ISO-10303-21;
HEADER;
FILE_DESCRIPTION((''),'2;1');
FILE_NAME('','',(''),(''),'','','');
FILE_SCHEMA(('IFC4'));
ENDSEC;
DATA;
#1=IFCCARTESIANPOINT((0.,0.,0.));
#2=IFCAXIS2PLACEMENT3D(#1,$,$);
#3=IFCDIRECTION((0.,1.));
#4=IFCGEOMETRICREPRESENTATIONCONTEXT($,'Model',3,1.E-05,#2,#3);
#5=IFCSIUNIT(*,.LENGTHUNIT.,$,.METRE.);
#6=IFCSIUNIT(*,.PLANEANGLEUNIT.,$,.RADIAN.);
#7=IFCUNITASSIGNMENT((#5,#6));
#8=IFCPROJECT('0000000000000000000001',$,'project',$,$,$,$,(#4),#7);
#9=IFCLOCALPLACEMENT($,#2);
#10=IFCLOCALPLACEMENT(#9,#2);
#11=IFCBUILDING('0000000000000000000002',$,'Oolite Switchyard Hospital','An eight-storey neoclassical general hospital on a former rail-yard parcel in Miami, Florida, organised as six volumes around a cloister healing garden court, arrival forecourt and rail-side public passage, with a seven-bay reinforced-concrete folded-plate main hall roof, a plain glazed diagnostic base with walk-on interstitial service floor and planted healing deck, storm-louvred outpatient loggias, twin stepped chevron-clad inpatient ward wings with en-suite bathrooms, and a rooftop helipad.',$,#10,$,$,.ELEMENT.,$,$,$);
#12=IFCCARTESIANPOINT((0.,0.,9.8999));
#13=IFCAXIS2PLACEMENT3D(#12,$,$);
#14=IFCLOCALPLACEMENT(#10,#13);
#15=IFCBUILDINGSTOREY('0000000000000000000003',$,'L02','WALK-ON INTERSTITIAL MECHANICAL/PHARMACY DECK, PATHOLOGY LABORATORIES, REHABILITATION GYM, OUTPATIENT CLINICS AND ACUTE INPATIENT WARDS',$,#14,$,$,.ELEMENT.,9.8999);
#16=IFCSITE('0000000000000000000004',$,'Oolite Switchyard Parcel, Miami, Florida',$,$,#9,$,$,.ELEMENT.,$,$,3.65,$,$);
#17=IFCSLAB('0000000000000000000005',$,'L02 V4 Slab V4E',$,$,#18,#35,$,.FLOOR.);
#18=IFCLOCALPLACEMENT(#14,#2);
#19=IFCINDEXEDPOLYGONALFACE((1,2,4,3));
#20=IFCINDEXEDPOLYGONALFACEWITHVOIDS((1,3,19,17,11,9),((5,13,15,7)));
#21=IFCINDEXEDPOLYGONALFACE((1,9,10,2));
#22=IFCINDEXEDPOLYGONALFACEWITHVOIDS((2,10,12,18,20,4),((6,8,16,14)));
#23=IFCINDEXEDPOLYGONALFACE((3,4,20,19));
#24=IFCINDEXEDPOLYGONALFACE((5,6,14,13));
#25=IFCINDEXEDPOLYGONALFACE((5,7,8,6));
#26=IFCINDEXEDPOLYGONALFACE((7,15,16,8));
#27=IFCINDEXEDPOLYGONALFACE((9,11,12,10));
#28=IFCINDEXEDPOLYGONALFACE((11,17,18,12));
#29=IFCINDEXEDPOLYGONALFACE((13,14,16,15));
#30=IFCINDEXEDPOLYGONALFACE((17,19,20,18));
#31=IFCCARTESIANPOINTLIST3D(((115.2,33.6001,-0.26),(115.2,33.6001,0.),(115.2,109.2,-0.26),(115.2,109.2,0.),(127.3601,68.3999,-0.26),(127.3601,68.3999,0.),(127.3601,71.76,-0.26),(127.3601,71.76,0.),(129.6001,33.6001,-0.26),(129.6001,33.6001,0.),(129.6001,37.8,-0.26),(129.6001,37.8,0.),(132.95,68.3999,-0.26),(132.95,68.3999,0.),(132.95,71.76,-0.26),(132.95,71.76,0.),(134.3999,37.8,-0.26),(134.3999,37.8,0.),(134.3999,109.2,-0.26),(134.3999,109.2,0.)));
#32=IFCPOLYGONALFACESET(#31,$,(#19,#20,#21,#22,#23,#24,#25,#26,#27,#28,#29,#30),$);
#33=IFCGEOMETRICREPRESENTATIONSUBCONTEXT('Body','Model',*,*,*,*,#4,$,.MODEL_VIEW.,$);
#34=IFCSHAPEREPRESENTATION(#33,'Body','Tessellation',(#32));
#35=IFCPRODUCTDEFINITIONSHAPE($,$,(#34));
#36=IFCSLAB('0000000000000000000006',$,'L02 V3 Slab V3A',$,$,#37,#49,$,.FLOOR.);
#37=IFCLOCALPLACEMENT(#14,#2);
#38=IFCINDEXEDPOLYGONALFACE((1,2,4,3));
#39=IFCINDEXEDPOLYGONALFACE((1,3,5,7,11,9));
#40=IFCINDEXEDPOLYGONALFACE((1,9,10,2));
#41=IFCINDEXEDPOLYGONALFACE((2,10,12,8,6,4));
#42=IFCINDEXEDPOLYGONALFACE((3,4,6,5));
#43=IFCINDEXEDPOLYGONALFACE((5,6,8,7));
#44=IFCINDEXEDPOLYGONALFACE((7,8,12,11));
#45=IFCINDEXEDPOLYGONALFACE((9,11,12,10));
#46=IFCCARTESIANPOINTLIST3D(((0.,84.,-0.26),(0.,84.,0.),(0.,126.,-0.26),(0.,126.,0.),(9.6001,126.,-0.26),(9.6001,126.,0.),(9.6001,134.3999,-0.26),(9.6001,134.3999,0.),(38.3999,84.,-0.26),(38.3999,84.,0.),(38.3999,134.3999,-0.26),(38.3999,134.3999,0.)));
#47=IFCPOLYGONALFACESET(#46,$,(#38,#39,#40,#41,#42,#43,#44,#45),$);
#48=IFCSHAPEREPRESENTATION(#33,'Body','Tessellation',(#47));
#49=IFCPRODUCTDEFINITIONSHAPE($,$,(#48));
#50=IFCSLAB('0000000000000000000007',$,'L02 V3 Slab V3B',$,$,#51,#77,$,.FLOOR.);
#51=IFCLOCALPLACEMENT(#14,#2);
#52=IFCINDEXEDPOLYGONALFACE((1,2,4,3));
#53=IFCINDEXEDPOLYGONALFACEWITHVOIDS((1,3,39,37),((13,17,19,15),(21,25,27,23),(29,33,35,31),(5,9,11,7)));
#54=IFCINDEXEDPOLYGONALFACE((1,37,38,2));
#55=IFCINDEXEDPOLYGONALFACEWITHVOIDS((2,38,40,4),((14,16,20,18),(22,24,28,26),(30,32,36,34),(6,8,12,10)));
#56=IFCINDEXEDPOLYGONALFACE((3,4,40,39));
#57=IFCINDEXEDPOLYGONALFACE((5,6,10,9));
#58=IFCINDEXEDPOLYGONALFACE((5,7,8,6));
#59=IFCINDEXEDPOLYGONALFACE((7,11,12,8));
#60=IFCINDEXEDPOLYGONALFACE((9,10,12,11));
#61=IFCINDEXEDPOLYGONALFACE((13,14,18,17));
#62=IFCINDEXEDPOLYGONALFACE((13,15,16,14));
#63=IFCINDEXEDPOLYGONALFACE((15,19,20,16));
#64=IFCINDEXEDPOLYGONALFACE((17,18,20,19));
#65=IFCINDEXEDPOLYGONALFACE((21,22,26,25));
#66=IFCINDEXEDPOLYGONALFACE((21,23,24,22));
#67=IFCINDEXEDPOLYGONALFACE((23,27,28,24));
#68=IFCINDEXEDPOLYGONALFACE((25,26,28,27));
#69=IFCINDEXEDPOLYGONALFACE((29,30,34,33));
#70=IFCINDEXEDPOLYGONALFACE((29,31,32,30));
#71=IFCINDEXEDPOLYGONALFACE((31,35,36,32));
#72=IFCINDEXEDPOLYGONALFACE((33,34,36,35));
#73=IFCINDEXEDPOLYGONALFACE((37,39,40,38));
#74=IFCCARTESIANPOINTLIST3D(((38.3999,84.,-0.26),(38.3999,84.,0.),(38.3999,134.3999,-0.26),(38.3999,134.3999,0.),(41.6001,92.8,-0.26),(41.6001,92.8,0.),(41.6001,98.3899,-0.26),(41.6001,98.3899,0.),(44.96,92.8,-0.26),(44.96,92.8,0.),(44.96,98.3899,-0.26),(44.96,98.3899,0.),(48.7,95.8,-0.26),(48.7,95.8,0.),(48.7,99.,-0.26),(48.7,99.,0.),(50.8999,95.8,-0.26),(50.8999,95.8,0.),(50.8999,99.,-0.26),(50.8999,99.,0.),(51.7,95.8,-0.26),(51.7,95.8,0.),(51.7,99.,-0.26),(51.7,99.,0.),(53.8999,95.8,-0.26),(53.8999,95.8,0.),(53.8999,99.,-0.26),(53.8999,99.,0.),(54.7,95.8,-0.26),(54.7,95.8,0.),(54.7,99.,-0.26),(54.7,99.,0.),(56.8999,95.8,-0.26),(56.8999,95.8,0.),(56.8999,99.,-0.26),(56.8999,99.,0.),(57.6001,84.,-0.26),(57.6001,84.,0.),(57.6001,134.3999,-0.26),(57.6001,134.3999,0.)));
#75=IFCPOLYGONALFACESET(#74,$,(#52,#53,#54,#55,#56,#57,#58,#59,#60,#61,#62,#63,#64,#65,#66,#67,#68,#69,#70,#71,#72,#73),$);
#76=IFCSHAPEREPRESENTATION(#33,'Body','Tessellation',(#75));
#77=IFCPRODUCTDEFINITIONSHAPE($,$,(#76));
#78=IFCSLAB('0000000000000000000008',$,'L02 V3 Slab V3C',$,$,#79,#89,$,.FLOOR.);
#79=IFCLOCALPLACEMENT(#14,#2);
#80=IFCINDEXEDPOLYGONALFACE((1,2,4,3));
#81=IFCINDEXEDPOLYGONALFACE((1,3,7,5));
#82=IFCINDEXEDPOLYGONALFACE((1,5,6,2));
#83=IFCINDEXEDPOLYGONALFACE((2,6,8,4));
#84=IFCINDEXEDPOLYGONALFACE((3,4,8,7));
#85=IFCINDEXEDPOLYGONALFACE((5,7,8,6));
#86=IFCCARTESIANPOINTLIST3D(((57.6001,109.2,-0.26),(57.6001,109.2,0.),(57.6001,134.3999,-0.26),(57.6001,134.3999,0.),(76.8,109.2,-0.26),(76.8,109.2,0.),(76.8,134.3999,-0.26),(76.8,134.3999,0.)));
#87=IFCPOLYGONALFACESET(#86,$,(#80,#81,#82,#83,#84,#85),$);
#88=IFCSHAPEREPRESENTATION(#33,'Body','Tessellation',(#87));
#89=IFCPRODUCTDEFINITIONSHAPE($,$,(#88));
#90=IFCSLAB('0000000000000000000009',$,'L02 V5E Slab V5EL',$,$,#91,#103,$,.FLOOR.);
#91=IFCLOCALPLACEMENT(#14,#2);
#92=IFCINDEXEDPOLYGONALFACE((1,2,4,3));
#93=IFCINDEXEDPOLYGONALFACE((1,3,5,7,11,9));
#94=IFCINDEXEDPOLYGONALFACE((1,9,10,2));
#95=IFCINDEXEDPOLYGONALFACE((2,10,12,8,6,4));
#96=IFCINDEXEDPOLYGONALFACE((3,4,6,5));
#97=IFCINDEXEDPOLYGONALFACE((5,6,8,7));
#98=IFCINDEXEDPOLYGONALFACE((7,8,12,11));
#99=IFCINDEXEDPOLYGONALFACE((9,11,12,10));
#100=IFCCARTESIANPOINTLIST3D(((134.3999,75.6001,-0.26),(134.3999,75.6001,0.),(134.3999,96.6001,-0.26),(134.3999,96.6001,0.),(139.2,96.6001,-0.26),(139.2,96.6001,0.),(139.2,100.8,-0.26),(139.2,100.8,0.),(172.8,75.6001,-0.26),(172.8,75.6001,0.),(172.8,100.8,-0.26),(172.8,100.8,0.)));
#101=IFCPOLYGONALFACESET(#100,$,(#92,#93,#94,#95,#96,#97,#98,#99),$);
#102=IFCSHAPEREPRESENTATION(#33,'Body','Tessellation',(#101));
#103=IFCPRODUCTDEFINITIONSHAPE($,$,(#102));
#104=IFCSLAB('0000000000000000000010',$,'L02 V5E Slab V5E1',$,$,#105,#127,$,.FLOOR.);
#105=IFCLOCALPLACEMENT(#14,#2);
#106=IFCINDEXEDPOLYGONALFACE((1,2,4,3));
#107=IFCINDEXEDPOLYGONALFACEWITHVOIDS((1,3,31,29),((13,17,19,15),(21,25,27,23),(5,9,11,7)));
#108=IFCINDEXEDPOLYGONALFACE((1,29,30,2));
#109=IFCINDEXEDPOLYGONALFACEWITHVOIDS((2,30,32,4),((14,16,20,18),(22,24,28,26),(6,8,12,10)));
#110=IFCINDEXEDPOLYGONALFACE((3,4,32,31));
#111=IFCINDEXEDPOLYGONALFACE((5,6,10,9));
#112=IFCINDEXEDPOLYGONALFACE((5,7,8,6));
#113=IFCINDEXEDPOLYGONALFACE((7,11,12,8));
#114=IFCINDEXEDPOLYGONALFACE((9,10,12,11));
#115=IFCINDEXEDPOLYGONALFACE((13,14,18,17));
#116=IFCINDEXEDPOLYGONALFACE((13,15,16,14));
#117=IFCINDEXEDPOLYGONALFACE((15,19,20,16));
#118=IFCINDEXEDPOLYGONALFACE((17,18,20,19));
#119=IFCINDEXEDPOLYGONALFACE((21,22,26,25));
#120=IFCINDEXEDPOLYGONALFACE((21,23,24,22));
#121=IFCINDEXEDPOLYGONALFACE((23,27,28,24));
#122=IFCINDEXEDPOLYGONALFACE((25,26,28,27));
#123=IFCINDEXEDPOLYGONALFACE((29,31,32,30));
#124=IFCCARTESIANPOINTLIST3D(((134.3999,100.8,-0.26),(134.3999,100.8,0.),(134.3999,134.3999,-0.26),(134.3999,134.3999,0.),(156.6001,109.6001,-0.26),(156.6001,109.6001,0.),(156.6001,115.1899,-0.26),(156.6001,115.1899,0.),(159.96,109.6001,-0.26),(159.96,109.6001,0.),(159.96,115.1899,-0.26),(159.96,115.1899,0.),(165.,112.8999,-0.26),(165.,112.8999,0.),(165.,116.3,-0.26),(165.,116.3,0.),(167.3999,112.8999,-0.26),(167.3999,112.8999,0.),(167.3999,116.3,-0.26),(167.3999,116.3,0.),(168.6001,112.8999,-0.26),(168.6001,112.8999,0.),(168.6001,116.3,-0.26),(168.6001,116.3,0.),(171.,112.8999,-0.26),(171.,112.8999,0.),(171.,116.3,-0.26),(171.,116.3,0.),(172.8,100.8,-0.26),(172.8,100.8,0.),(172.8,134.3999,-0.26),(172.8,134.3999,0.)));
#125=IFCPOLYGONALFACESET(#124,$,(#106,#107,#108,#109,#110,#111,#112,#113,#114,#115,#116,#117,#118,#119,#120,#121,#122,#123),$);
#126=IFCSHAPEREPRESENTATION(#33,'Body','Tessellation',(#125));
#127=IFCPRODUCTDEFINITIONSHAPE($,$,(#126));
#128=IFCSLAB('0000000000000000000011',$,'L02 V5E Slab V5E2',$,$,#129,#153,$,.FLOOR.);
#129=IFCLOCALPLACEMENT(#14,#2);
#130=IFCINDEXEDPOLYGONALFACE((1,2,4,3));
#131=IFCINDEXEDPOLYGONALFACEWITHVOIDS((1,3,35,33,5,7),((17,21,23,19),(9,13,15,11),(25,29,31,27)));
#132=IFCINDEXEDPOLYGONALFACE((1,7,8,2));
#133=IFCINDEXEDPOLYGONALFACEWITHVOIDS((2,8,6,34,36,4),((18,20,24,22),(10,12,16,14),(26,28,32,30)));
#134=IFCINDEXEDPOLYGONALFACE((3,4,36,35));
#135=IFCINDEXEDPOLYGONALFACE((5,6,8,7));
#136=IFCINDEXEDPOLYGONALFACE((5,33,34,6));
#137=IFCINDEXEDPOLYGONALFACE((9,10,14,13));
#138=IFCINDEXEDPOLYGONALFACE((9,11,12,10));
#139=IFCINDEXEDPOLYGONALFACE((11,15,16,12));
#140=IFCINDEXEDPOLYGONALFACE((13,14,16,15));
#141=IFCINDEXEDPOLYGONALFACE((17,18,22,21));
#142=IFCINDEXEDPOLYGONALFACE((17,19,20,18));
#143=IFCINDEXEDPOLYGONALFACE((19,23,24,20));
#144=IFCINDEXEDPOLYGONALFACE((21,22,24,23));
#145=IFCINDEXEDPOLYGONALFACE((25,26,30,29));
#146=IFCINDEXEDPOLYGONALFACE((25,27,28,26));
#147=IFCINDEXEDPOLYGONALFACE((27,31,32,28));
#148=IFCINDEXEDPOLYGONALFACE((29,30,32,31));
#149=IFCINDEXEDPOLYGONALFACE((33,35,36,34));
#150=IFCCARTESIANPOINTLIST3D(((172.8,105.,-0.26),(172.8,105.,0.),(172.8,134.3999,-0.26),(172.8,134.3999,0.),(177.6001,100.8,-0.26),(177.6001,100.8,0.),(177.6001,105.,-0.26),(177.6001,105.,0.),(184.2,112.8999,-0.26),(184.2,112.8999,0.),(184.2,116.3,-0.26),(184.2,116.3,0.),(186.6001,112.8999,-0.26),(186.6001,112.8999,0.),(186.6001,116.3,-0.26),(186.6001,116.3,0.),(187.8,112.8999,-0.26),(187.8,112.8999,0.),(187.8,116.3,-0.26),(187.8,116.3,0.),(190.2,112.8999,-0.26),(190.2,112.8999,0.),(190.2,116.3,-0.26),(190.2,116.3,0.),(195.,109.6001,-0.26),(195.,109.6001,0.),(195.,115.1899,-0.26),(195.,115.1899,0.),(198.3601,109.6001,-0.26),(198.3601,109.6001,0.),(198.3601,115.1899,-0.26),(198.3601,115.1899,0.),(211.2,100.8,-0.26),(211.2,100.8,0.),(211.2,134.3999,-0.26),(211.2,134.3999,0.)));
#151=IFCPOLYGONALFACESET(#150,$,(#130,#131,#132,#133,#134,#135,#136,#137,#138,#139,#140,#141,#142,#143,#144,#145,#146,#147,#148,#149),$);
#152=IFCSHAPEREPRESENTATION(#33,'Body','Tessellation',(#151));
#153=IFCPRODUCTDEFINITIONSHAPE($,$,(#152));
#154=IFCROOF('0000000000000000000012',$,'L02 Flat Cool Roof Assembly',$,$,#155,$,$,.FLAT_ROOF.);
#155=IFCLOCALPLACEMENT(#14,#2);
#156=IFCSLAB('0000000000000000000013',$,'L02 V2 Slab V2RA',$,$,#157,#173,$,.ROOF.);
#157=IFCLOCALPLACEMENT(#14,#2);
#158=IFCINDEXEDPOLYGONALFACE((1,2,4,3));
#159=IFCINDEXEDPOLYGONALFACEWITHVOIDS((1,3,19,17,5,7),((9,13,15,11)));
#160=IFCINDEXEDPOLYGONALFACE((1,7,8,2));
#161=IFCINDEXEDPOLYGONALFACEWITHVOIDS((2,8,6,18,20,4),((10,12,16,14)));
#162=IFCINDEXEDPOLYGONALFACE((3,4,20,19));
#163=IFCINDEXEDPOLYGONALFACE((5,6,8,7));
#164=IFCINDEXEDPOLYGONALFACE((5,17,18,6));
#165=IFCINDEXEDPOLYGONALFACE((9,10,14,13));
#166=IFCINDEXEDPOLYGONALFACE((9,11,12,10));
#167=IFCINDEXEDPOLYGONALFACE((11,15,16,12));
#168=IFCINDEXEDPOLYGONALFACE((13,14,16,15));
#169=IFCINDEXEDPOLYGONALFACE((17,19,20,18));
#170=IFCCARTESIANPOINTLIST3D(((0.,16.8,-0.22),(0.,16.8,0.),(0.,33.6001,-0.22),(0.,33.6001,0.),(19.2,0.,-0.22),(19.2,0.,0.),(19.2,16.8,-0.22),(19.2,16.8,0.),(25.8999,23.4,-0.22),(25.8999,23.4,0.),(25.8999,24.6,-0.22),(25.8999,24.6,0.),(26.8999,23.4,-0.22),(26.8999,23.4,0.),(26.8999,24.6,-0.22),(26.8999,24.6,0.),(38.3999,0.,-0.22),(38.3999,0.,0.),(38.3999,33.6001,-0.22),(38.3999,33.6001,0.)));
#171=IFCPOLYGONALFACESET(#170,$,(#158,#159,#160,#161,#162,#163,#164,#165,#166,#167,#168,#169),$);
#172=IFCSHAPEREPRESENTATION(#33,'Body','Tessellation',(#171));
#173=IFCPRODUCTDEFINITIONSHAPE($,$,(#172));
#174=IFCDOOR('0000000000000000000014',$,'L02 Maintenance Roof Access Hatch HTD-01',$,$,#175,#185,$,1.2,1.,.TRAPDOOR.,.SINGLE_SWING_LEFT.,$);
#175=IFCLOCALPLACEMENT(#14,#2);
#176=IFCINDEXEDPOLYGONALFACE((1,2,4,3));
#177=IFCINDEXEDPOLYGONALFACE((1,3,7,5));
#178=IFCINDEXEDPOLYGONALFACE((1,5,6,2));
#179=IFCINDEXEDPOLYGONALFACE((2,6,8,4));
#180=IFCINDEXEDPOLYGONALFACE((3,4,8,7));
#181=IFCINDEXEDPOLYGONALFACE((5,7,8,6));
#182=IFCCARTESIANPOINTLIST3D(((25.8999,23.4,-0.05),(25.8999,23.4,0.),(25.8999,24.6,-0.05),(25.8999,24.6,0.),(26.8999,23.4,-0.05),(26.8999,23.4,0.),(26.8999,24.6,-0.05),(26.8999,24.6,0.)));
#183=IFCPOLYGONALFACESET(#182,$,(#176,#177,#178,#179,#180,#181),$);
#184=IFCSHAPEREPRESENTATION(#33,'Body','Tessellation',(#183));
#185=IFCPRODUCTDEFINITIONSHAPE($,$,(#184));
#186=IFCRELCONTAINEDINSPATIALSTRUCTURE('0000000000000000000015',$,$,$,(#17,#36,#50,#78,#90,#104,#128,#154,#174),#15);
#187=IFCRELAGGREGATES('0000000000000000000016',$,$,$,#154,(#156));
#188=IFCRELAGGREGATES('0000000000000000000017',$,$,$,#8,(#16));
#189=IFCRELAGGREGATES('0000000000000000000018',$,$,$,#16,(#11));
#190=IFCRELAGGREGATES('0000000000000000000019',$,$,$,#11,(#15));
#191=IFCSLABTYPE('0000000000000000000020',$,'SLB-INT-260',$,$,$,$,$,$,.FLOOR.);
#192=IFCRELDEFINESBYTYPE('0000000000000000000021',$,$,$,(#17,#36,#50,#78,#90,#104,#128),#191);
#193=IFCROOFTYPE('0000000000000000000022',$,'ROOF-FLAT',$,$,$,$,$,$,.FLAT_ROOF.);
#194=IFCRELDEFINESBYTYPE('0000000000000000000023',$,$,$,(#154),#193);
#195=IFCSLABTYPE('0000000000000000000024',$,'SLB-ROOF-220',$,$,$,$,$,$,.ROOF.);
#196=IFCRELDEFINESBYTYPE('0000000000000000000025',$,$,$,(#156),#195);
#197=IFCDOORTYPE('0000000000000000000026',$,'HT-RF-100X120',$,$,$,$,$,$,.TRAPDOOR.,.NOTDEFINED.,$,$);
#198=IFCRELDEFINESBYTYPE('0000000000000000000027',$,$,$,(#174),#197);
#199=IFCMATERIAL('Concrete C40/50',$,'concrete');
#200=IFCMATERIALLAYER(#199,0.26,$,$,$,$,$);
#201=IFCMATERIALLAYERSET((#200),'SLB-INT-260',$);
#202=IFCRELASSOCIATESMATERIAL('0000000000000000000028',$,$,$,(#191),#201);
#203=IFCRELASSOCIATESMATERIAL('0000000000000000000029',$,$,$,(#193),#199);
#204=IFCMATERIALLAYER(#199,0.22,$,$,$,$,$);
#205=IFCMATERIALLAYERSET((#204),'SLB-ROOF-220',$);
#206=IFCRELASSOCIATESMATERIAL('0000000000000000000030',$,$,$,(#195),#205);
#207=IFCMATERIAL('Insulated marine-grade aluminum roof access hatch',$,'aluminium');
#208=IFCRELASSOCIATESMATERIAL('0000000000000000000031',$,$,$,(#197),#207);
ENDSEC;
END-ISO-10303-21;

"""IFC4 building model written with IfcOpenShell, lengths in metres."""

from ifc_helpers import new_model, si_unit, direction, frame, origin, origin_2d, place, context, subcontext, project, spatial, polyline, rectangle, outline, extrude, material, layer, layer_set, type_object, element, fill, aggregate, save


model = new_model("IFC4")

# Units and contexts
model_context = context("Model", 3, precision=1e-05, world=origin(), true_north=direction((0.0, 1.0)))
body_context = subcontext(model_context, "Body", "Model", "MODEL_VIEW")
ifc_project = project(units=[si_unit("LENGTHUNIT", "METRE"), si_unit("PLANEANGLEUNIT", "RADIAN")], contexts=[model_context])

# Site, building, storey
site_placement = place(None, origin())
site = spatial("IfcSite", under=ifc_project, at=site_placement, Name="Oolite Switchyard Parcel, Miami, Florida", CompositionType="ELEMENT", RefElevation=3.65)
building_placement = place(site_placement, origin())
building = spatial("IfcBuilding", under=site, at=building_placement, Name="Oolite Switchyard Hospital", Description="An eight-storey neoclassical general hospital on a former rail-yard parcel in Miami, Florida, organised as six volumes around a cloister healing garden court, arrival forecourt and rail-side public passage, with a seven-bay reinforced-concrete folded-plate main hall roof, a plain glazed diagnostic base with walk-on interstitial service floor and planted healing deck, storm-louvred outpatient loggias, twin stepped chevron-clad inpatient ward wings with en-suite bathrooms, and a rooftop helipad.", CompositionType="ELEMENT")
storey_placement = place(building_placement, frame((0.0, 0.0, 9.8999)))
storey = spatial("IfcBuildingStorey", under=building, at=storey_placement, Name="L02", Description="WALK-ON INTERSTITIAL MECHANICAL/PHARMACY DECK, PATHOLOGY LABORATORIES, REHABILITATION GYM, OUTPATIENT CLINICS AND ACUTE INPATIENT WARDS", CompositionType="ELEMENT", Elevation=9.8999)

# Slabs
ifc_material_1 = material(Name="Concrete C40/50", Category="concrete")
ifc_layer_1 = layer(ifc_material_1, 0.26)
ifc_layer_set_1 = layer_set([ifc_layer_1], Name="SLB-INT-260")
slab_type_1 = type_object("IfcSlabType", Name="SLB-INT-260", PredefinedType="FLOOR", material=ifc_layer_set_1)
slab_1_placement = place(storey_placement, frame((0.0, 0.0, -0.26)))
element("IfcSlab", 1, at=slab_1_placement, inside=storey, type_object=slab_type_1, Name="L02 V4 Slab V4E", PredefinedType="FLOOR", context=body_context, shape_type="SweptSolid", body=[
    extrude(outline(polyline([(115.2, 33.6001), (129.6001, 33.6001), (129.6001, 37.8), (134.3999, 37.8), (134.3999, 109.2), (115.2, 109.2), (115.2, 33.6001)]), holes=[polyline([(127.3601, 68.3999), (132.95, 68.3999), (132.95, 71.76), (127.3601, 71.76), (127.3601, 68.3999)])]), origin(), (0.0, 0.0, 1.0), 0.26),
])
slab_2_placement = place(storey_placement, frame((0.0, 0.0, -0.26)))
element("IfcSlab", 2, at=slab_2_placement, inside=storey, type_object=slab_type_1, Name="L02 V3 Slab V3A", PredefinedType="FLOOR", context=body_context, shape_type="SweptSolid", body=[
    extrude(outline(polyline([(0.0, 84.0), (38.3999, 84.0), (38.3999, 134.3999), (9.6001, 134.3999), (9.6001, 126.0), (0.0, 126.0), (0.0, 84.0)])), origin(), (0.0, 0.0, 1.0), 0.26),
])
slab_3_placement = place(storey_placement, frame((0.0, 0.0, -0.26)))
element("IfcSlab", 3, at=slab_3_placement, inside=storey, type_object=slab_type_1, Name="L02 V3 Slab V3B", PredefinedType="FLOOR", context=body_context, shape_type="SweptSolid", body=[
    extrude(outline(polyline([(38.3999, 84.0), (57.6001, 84.0), (57.6001, 134.3999), (38.3999, 134.3999), (38.3999, 84.0)]), holes=[polyline([(41.6001, 98.3899), (41.6001, 92.8), (44.96, 92.8), (44.96, 98.3899), (41.6001, 98.3899)]), polyline([(48.7, 95.8), (50.8999, 95.8), (50.8999, 99.0), (48.7, 99.0), (48.7, 95.8)]), polyline([(51.7, 95.8), (53.8999, 95.8), (53.8999, 99.0), (51.7, 99.0), (51.7, 95.8)]), polyline([(54.7, 95.8), (56.8999, 95.8), (56.8999, 99.0), (54.7, 99.0), (54.7, 95.8)])]), origin(), (0.0, 0.0, 1.0), 0.26),
])
slab_4_placement = place(storey_placement, frame((0.0, 0.0, -0.26)))
element("IfcSlab", 4, at=slab_4_placement, inside=storey, type_object=slab_type_1, Name="L02 V3 Slab V3C", PredefinedType="FLOOR", context=body_context, shape_type="SweptSolid", body=[
    extrude(outline(polyline([(57.6001, 109.2), (76.8, 109.2), (76.8, 134.3999), (57.6001, 134.3999), (57.6001, 109.2)])), origin(), (0.0, 0.0, 1.0), 0.26),
])
slab_5_placement = place(storey_placement, frame((0.0, 0.0, -0.26)))
element("IfcSlab", 5, at=slab_5_placement, inside=storey, type_object=slab_type_1, Name="L02 V5E Slab V5EL", PredefinedType="FLOOR", context=body_context, shape_type="SweptSolid", body=[
    extrude(outline(polyline([(134.3999, 75.6001), (172.8, 75.6001), (172.8, 100.8), (139.2, 100.8), (139.2, 96.6001), (134.3999, 96.6001), (134.3999, 75.6001)])), origin(), (0.0, 0.0, 1.0), 0.26),
])
slab_6_placement = place(storey_placement, frame((0.0, 0.0, -0.26)))
element("IfcSlab", 6, at=slab_6_placement, inside=storey, type_object=slab_type_1, Name="L02 V5E Slab V5E1", PredefinedType="FLOOR", context=body_context, shape_type="SweptSolid", body=[
    extrude(outline(polyline([(134.3999, 100.8), (172.8, 100.8), (172.8, 134.3999), (134.3999, 134.3999), (134.3999, 100.8)]), holes=[polyline([(156.6001, 115.1899), (156.6001, 109.6001), (159.96, 109.6001), (159.96, 115.1899), (156.6001, 115.1899)]), polyline([(165.0, 112.8999), (167.3999, 112.8999), (167.3999, 116.3), (165.0, 116.3), (165.0, 112.8999)]), polyline([(168.6001, 112.8999), (171.0, 112.8999), (171.0, 116.3), (168.6001, 116.3), (168.6001, 112.8999)])]), origin(), (0.0, 0.0, 1.0), 0.26),
])
slab_7_placement = place(storey_placement, frame((0.0, 0.0, -0.26)))
element("IfcSlab", 7, at=slab_7_placement, inside=storey, type_object=slab_type_1, Name="L02 V5E Slab V5E2", PredefinedType="FLOOR", context=body_context, shape_type="SweptSolid", body=[
    extrude(outline(polyline([(177.6001, 100.8), (211.2, 100.8), (211.2, 134.3999), (172.8, 134.3999), (172.8, 105.0), (177.6001, 105.0), (177.6001, 100.8)]), holes=[polyline([(195.0, 115.1899), (195.0, 109.6001), (198.3601, 109.6001), (198.3601, 115.1899), (195.0, 115.1899)]), polyline([(184.2, 112.8999), (186.6001, 112.8999), (186.6001, 116.3), (184.2, 116.3), (184.2, 112.8999)]), polyline([(187.8, 112.8999), (190.2, 112.8999), (190.2, 116.3), (187.8, 116.3), (187.8, 112.8999)])]), origin(), (0.0, 0.0, 1.0), 0.26),
])

# Roof, slab, opening, door
roof_type = type_object("IfcRoofType", Name="ROOF-FLAT", PredefinedType="FLAT_ROOF", material=ifc_material_1)
roof_placement = place(storey_placement, origin())
roof = element("IfcRoof", 8, at=roof_placement, inside=storey, type_object=roof_type, Name="L02 Flat Cool Roof Assembly", PredefinedType="FLAT_ROOF")
ifc_layer_2 = layer(ifc_material_1, 0.22)
ifc_layer_set_2 = layer_set([ifc_layer_2], Name="SLB-ROOF-220")
slab_type_2 = type_object("IfcSlabType", Name="SLB-ROOF-220", PredefinedType="ROOF", material=ifc_layer_set_2)
slab_8_placement = place(storey_placement, frame((0.0, 0.0, -0.22)))
slab_8 = element("IfcSlab", 9, at=slab_8_placement, type_object=slab_type_2, Name="L02 V2 Slab V2RA", PredefinedType="ROOF", context=body_context, shape_type="SweptSolid", body=[
    extrude(outline(polyline([(19.2, 0.0), (38.3999, 0.0), (38.3999, 33.6001), (0.0, 33.6001), (0.0, 16.8), (19.2, 16.8), (19.2, 0.0)])), origin(), (0.0, 0.0, 1.0), 0.22),
])
opening_1_placement = place(slab_8_placement, frame((26.3999, 24.0, 0.0)))
opening_1 = element("IfcOpeningElement", 10, at=opening_1_placement, cuts=slab_8, PredefinedType="OPENING", context=body_context, shape_type="SweptSolid", body=[
    extrude(rectangle(XDim=1.0, YDim=1.2, at=origin_2d()), frame((0.0, 0.0, -0.01), z_axis=(0.0, 0.0, 1.0), x_axis=(1.0, 0.0, 0.0)), (0.0, 0.0, 1.0), 0.24),
])
ifc_material_2 = material(Name="Insulated marine-grade aluminum roof access hatch", Category="aluminium")
door_type = type_object("IfcDoorType", Name="HT-RF-100X120", OperationType="NOTDEFINED", PredefinedType="TRAPDOOR", material=ifc_material_2)
door_placement = place(opening_1_placement, frame((0.0, 0.0, 0.1699)))
door = element("IfcDoor", 11, at=door_placement, inside=storey, type_object=door_type, Name="L02 Maintenance Roof Access Hatch HTD-01", OperationType="SINGLE_SWING_LEFT", OverallHeight=1.2, OverallWidth=1.0, PredefinedType="TRAPDOOR", context=body_context, shape_type="SweptSolid", body=[
    extrude(rectangle(XDim=1.0, YDim=1.2, at=origin_2d()), origin(), (0.0, 0.0, 1.0), 0.05),
])
fill(opening_1, door)
aggregate(roof, [slab_8])

save(model, "model.ifc")
